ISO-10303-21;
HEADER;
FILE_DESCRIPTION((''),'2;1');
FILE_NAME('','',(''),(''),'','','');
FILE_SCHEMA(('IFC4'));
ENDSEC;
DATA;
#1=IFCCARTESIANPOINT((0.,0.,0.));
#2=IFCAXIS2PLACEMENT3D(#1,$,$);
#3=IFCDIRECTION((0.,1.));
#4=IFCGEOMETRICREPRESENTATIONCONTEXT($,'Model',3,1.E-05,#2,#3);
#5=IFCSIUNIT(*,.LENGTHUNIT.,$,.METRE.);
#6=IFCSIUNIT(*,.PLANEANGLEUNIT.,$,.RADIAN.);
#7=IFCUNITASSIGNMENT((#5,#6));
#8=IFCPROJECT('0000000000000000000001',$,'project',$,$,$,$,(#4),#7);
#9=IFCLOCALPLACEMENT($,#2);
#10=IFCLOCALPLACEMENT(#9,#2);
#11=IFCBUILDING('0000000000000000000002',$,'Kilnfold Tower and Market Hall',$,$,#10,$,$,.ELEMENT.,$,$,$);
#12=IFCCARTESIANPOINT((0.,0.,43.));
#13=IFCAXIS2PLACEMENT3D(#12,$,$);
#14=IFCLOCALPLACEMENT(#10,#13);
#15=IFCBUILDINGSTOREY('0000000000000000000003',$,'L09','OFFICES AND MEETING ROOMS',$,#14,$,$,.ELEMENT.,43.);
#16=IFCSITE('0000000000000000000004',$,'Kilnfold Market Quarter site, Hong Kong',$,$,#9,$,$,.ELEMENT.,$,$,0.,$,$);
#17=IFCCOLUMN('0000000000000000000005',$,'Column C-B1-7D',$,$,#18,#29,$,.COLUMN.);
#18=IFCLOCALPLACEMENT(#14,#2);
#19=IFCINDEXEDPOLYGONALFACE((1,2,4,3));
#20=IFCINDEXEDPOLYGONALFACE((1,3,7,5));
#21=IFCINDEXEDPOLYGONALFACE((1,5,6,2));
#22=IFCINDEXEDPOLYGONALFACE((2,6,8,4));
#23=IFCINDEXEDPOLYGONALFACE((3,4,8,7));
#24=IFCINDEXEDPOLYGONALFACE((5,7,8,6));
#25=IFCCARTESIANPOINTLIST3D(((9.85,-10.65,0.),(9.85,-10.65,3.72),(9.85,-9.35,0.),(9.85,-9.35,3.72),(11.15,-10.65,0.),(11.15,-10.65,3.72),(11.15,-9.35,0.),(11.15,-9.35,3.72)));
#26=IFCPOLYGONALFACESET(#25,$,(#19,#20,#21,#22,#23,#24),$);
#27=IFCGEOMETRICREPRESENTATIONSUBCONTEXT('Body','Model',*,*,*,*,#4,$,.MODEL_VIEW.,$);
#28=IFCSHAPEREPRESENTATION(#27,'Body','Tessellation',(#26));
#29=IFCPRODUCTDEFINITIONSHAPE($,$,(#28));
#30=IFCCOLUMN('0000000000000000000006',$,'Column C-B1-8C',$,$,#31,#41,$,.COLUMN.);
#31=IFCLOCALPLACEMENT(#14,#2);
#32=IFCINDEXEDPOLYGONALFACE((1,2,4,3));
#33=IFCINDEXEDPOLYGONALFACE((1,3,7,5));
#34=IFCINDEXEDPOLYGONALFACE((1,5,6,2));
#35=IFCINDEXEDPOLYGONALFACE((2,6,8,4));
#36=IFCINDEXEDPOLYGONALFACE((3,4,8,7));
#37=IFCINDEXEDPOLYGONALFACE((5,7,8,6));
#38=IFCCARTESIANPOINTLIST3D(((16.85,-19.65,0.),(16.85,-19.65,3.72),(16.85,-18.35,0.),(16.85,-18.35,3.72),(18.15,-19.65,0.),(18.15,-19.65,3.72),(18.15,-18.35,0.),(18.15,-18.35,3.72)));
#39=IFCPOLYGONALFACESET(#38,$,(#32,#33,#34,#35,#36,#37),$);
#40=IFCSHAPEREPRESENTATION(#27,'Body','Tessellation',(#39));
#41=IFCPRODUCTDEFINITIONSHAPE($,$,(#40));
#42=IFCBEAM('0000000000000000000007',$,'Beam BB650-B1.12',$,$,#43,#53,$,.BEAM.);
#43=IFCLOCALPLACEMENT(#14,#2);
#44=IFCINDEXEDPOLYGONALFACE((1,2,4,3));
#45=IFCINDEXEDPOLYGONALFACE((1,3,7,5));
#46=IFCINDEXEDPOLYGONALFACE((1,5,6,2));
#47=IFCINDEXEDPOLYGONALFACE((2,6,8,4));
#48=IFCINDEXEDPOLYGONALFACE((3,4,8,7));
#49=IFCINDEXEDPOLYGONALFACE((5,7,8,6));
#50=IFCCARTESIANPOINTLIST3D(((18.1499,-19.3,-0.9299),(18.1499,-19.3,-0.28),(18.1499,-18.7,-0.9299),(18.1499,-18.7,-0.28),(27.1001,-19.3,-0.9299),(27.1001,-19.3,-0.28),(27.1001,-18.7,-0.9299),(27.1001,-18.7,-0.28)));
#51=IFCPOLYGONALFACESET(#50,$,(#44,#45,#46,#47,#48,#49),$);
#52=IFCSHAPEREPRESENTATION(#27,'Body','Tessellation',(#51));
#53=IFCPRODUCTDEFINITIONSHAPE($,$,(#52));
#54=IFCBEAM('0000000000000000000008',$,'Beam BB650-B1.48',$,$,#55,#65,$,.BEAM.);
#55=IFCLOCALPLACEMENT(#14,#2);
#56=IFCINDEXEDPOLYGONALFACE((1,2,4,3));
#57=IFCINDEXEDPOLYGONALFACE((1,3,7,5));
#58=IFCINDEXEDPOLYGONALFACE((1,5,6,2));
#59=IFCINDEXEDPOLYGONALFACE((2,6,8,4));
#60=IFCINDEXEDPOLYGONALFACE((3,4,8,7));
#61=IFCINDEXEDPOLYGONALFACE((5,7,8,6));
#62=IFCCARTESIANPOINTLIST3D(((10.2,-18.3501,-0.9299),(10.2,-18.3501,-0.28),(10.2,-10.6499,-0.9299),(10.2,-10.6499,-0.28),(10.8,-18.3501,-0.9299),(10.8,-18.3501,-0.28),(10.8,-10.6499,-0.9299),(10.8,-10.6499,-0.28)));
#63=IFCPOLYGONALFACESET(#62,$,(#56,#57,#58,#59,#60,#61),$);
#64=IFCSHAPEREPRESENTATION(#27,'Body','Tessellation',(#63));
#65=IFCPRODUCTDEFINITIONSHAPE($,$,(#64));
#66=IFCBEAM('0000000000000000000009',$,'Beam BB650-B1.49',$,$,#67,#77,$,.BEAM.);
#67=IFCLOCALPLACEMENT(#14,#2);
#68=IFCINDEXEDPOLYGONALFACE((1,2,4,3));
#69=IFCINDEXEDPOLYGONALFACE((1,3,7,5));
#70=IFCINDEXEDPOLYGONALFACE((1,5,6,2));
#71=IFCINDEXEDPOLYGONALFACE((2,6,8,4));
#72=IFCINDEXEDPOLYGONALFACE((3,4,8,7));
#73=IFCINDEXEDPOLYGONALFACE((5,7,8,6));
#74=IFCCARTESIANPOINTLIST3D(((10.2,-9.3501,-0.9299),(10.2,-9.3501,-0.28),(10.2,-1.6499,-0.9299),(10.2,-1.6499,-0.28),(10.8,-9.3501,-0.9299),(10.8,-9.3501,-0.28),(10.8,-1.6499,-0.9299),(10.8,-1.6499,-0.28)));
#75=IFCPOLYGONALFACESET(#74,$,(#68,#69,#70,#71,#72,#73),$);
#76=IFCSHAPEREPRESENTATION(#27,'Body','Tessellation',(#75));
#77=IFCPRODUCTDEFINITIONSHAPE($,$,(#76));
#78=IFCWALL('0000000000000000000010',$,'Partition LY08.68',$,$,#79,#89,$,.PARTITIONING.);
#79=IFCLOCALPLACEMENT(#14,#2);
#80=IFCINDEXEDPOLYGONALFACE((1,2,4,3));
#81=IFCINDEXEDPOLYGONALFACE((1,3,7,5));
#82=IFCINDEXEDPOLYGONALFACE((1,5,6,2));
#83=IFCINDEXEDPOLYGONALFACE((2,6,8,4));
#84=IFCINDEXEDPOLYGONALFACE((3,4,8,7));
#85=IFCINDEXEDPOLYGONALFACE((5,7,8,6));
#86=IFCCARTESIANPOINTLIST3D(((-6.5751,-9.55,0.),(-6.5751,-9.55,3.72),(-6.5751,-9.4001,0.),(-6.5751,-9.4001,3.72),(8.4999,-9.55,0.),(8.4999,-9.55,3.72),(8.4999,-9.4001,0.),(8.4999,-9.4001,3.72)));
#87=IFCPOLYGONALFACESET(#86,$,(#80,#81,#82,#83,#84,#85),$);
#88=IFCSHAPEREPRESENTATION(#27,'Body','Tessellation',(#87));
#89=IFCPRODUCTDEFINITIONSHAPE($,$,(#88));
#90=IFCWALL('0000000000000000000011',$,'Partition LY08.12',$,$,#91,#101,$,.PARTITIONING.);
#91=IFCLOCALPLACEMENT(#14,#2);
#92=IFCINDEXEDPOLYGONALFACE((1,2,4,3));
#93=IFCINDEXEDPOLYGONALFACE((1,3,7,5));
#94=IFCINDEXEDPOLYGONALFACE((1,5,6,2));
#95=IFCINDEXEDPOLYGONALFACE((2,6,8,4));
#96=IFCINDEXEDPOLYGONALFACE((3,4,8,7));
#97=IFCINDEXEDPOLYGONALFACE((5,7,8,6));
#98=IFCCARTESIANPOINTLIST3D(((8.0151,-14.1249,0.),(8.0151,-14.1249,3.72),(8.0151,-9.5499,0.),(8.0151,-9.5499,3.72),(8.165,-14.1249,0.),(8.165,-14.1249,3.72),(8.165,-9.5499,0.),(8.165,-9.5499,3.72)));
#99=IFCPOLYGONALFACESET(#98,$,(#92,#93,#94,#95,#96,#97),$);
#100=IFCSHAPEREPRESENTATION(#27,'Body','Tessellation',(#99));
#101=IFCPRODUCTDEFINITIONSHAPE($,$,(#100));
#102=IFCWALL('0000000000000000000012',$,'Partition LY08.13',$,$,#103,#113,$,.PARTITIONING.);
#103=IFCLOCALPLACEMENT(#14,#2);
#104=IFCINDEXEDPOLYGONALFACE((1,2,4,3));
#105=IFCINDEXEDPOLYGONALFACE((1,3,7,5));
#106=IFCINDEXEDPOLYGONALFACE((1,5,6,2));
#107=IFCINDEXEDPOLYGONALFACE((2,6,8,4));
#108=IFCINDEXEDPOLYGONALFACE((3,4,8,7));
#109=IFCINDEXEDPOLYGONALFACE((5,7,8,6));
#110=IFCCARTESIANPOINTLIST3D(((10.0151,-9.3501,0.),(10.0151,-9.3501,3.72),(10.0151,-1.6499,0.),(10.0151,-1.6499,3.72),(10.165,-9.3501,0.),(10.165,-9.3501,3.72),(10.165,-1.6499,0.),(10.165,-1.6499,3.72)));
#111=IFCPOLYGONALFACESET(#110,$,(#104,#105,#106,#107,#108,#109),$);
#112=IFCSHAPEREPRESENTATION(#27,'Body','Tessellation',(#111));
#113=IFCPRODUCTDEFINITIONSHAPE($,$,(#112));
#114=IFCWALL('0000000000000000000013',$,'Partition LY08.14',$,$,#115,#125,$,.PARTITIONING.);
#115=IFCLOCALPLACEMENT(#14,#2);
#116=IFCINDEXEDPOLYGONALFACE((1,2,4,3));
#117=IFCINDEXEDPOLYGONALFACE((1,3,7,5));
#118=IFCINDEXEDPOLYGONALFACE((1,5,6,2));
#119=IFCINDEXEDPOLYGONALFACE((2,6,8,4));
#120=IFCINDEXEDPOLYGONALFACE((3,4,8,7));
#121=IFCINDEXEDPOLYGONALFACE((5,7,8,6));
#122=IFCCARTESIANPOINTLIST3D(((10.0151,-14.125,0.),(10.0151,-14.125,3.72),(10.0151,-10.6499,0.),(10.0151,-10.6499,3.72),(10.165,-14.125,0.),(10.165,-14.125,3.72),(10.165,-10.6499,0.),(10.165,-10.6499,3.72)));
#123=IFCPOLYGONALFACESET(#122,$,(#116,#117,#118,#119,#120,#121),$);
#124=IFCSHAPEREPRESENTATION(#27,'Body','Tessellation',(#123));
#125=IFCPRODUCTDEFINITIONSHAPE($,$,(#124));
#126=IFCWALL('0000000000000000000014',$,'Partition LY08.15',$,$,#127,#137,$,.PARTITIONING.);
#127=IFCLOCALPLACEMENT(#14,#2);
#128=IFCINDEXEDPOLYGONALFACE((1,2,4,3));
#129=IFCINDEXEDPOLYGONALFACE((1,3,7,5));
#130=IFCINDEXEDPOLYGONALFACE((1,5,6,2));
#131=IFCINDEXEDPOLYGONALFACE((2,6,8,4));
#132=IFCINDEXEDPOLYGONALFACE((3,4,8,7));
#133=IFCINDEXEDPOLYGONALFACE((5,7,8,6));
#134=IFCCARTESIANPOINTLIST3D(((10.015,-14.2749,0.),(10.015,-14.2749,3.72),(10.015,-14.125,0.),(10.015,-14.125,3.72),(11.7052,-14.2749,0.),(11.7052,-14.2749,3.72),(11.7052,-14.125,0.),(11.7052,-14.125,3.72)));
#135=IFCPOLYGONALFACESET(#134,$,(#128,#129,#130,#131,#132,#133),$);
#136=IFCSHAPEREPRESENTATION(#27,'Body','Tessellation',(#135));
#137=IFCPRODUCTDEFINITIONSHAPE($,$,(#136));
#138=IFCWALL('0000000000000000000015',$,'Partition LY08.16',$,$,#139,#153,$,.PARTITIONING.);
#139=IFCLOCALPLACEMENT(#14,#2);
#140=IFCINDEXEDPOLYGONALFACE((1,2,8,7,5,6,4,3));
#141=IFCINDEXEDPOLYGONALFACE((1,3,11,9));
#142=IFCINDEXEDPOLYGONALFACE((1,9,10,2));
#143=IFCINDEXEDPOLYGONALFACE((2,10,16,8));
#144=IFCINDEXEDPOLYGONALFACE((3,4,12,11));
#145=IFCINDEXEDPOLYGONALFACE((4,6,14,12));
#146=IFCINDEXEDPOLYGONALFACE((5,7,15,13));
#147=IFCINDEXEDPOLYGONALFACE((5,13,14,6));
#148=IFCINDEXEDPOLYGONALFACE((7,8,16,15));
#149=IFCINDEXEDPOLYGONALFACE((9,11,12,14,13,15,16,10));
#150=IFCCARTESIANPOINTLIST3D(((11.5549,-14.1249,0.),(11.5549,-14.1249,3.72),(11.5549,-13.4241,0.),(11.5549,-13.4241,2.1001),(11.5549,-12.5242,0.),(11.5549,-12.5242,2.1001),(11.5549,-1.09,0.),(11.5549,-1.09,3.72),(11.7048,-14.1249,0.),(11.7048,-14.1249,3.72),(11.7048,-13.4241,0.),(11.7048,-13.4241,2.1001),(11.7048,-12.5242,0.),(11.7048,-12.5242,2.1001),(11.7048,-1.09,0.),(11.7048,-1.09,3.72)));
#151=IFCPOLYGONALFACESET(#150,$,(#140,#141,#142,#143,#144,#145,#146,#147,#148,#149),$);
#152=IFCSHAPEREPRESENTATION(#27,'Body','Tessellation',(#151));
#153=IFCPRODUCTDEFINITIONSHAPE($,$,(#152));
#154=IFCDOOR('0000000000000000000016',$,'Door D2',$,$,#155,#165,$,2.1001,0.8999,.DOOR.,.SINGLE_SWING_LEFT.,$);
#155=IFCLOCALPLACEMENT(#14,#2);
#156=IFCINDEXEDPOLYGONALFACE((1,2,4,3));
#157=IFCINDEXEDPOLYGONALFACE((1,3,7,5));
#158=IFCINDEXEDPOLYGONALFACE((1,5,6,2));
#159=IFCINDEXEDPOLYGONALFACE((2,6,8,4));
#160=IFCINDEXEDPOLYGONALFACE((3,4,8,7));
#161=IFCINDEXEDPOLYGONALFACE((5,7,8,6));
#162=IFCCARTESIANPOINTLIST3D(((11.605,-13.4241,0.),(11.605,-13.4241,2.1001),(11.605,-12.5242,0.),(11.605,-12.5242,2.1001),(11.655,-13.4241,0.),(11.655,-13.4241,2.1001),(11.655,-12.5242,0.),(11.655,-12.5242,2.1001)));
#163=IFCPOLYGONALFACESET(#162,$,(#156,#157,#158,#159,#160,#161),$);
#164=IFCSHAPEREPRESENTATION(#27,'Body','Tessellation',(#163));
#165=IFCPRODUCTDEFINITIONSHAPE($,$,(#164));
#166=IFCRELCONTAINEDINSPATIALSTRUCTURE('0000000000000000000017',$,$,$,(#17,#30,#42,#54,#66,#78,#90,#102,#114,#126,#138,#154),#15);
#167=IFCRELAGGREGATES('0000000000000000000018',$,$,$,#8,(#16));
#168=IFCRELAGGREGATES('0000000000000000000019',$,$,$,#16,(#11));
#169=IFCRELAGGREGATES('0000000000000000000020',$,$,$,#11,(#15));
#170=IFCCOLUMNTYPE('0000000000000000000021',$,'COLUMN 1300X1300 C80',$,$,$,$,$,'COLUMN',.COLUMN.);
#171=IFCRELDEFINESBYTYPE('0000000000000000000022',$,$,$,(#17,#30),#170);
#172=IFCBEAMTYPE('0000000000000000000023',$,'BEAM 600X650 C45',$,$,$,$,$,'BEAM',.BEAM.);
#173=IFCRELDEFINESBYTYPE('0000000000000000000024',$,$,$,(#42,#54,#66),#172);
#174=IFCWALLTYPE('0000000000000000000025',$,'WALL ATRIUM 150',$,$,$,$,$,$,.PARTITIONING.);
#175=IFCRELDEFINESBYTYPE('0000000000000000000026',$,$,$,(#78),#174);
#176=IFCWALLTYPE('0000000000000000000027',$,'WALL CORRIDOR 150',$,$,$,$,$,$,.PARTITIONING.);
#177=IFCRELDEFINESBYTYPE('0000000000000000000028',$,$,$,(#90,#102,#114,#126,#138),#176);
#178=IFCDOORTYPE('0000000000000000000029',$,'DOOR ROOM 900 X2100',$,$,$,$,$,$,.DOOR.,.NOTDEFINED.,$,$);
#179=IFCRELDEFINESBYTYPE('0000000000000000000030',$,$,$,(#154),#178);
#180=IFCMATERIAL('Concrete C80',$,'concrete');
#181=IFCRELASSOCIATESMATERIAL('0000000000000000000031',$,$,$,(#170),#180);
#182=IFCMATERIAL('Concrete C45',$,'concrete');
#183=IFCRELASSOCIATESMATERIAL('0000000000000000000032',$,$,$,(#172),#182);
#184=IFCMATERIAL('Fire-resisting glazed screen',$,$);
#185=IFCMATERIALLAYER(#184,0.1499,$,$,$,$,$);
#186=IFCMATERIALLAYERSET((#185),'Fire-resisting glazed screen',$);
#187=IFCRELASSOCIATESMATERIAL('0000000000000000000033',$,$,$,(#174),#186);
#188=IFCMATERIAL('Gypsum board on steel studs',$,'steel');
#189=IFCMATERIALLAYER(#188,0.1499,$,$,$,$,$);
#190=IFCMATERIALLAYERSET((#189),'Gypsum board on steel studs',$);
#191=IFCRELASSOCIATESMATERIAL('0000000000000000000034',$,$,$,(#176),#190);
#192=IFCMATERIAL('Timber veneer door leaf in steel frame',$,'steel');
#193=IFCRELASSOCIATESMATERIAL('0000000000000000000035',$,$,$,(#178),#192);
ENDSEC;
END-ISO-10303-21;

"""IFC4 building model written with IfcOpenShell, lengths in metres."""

from ifc_helpers import new_model, si_unit, direction, frame, frame_2d, origin, origin_2d, place, context, subcontext, project, spatial, rectangle, extrude, source, transform, mapped, material, layer, layer_set, material_profile, profile_set, type_object, element, fill, save


model = new_model("IFC4")

# Units and contexts
model_context = context("Model", 3, precision=1e-05, world=origin(), true_north=direction((0.0, 1.0)))
body_context = subcontext(model_context, "Body", "Model", "MODEL_VIEW")
ifc_project = project(units=[si_unit("LENGTHUNIT", "METRE"), si_unit("PLANEANGLEUNIT", "RADIAN")], contexts=[model_context])

# Site, building, storey
site_placement = place(None, origin())
site = spatial("IfcSite", under=ifc_project, at=site_placement, Name="Kilnfold Market Quarter site, Hong Kong", CompositionType="ELEMENT", RefElevation=0.0)
building_placement = place(site_placement, origin())
building = spatial("IfcBuilding", under=site, at=building_placement, Name="Kilnfold Tower and Market Hall", CompositionType="ELEMENT")
storey_placement = place(building_placement, frame((0.0, 0.0, 43.0)))
storey = spatial("IfcBuildingStorey", under=building, at=storey_placement, Name="L09", Description="OFFICES AND MEETING ROOMS", CompositionType="ELEMENT", Elevation=43.0)

# Columns
ifc_material_1 = material(Name="Concrete C80", Category="concrete")
ifc_material_profile_1 = material_profile(ifc_material_1, rectangle(XDim=1.3, YDim=1.3, at=origin_2d()), Name="RC 1300x1300")
ifc_profile_set_1 = profile_set([ifc_material_profile_1], Name="Concrete C80")
column_type = type_object("IfcColumnType", Name="COLUMN 1300X1300 C80", ElementType="COLUMN", PredefinedType="COLUMN", material=ifc_profile_set_1)
shared_shape_1 = source(origin(), body_context, "Body", "SweptSolid", [
    extrude(rectangle(XDim=1.3, YDim=1.3, at=origin_2d()), origin(), (0.0, 0.0, 1.0), 3.72),
])
for number, where, z_axis, x_axis, name in (
    (1, (10.5, -10.0, 0.0), (0.0, 0.0, 1.0), (1.0, 0.0, 0.0), "Column C-B1-7D"),
    (2, (17.5, -19.0, 0.0), (0.0, 0.0, 1.0), (1.0, 0.0, 0.0), "Column C-B1-8C"),
):
    element("IfcColumn", number, at=place(storey_placement, frame(where, z_axis=z_axis, x_axis=x_axis)), inside=storey, type_object=column_type, Name=name, PredefinedType="COLUMN", context=body_context, shape_type="MappedRepresentation", body=[
        mapped(shared_shape_1, transform((0.0, 0.0, 0.0))),
    ])

# Beams
ifc_material_2 = material(Name="Concrete C45", Category="concrete")
ifc_material_profile_2 = material_profile(ifc_material_2, rectangle(XDim=0.6001, YDim=0.6499, at=origin_2d()), Name="RC 600x650")
ifc_profile_set_2 = profile_set([ifc_material_profile_2], Name="Concrete C45")
beam_type = type_object("IfcBeamType", Name="BEAM 600X650 C45", ElementType="BEAM", PredefinedType="BEAM", material=ifc_profile_set_2)
shared_shape_2 = source(origin(), body_context, "Body", "SweptSolid", [
    extrude(rectangle(XDim=0.6001, YDim=0.6499, at=origin_2d()), origin(), (0.0, 0.0, 1.0), 8.9502),
])
beam_placement = place(storey_placement, frame((18.1499, -19.0, -0.605), z_axis=(1.0, 0.0, 0.0), x_axis=(0.0, 1.0, 0.0)))
element("IfcBeam", 3, at=beam_placement, inside=storey, type_object=beam_type, Name="Beam BB650-B1.12", PredefinedType="BEAM", context=body_context, shape_type="MappedRepresentation", body=[
    mapped(shared_shape_2, transform((0.0, 0.0, 0.0))),
])
shared_shape_3 = source(origin(), body_context, "Body", "SweptSolid", [
    extrude(rectangle(XDim=0.6001, YDim=0.6499, at=origin_2d()), origin(), (0.0, 0.0, 1.0), 7.7002),
])
for number, where, z_axis, x_axis, name in (
    (4, (10.5, -18.3501, -0.605), (0.0, 1.0, 0.0), (-1.0, 0.0, 0.0), "Beam BB650-B1.48"),
    (5, (10.5, -9.3501, -0.605), (0.0, 1.0, 0.0), (-1.0, 0.0, 0.0), "Beam BB650-B1.49"),
):
    element("IfcBeam", number, at=place(storey_placement, frame(where, z_axis=z_axis, x_axis=x_axis)), inside=storey, type_object=beam_type, Name=name, PredefinedType="BEAM", context=body_context, shape_type="MappedRepresentation", body=[
        mapped(shared_shape_3, transform((0.0, 0.0, 0.0))),
    ])

# Walls
ifc_material_3 = material(Name="Fire-resisting glazed screen")
ifc_layer_1 = layer(ifc_material_3, 0.1499)
ifc_layer_set_1 = layer_set([ifc_layer_1], Name="Fire-resisting glazed screen")
wall_type_1 = type_object("IfcWallType", Name="WALL ATRIUM 150", PredefinedType="PARTITIONING", material=ifc_layer_set_1)
wall_1_placement = place(storey_placement, frame((8.5, -9.4751, 0.0), z_axis=(0.0, 0.0, 1.0), x_axis=(-1.0, 0.0, 0.0)))
element("IfcWall", 6, at=wall_1_placement, inside=storey, type_object=wall_type_1, Name="Partition LY08.68", PredefinedType="PARTITIONING", context=body_context, shape_type="SweptSolid", body=[
    extrude(rectangle(XDim=15.075, YDim=0.1499, at=frame_2d((7.5376, 0.0))), origin(), (0.0, 0.0, 1.0), 3.72),
])
ifc_material_4 = material(Name="Gypsum board on steel studs", Category="steel")
ifc_layer_2 = layer(ifc_material_4, 0.1499)
ifc_layer_set_2 = layer_set([ifc_layer_2], Name="Gypsum board on steel studs")
wall_type_2 = type_object("IfcWallType", Name="WALL CORRIDOR 150", PredefinedType="PARTITIONING", material=ifc_layer_set_2)
wall_2_placement = place(storey_placement, frame((8.0901, -14.125, 0.0), z_axis=(0.0, 0.0, 1.0), x_axis=(0.0, 1.0, 0.0)))
element("IfcWall", 7, at=wall_2_placement, inside=storey, type_object=wall_type_2, Name="Partition LY08.12", PredefinedType="PARTITIONING", context=body_context, shape_type="SweptSolid", body=[
    extrude(rectangle(XDim=4.575, YDim=0.1499, at=frame_2d((2.2876, 0.0))), origin(), (0.0, 0.0, 1.0), 3.72),
])
wall_3_placement = place(storey_placement, frame((10.0901, -9.3501, 0.0), z_axis=(0.0, 0.0, 1.0), x_axis=(0.0, 1.0, 0.0)))
element("IfcWall", 8, at=wall_3_placement, inside=storey, type_object=wall_type_2, Name="Partition LY08.13", PredefinedType="PARTITIONING", context=body_context, shape_type="SweptSolid", body=[
    extrude(rectangle(XDim=7.7002, YDim=0.1499, at=frame_2d((3.8501, 0.0))), origin(), (0.0, 0.0, 1.0), 3.72),
])
wall_4_placement = place(storey_placement, frame((10.0901, -14.125, 0.0), z_axis=(0.0, 0.0, 1.0), x_axis=(0.0, 1.0, 0.0)))
element("IfcWall", 9, at=wall_4_placement, inside=storey, type_object=wall_type_2, Name="Partition LY08.14", PredefinedType="PARTITIONING", context=body_context, shape_type="SweptSolid", body=[
    extrude(rectangle(XDim=3.4751, YDim=0.1499, at=frame_2d((1.7375, 0.0))), origin(), (0.0, 0.0, 1.0), 3.72),
])
wall_5_placement = place(storey_placement, frame((10.0149, -14.2, 0.0), z_axis=(0.0, 0.0, 1.0), x_axis=(1.0, 0.0, 0.0)))
element("IfcWall", 10, at=wall_5_placement, inside=storey, type_object=wall_type_2, Name="Partition LY08.15", PredefinedType="PARTITIONING", context=body_context, shape_type="SweptSolid", body=[
    extrude(rectangle(XDim=1.6902, YDim=0.1499, at=frame_2d((0.8452, 0.0))), origin(), (0.0, 0.0, 1.0), 3.72),
])

# Wall, opening, door
wall_6_placement = place(storey_placement, frame((11.6299, -14.125, 0.0), z_axis=(0.0, 0.0, 1.0), x_axis=(0.0, 1.0, 0.0)))
wall_6 = element("IfcWall", 11, at=wall_6_placement, inside=storey, type_object=wall_type_2, Name="Partition LY08.16", PredefinedType="PARTITIONING", context=body_context, shape_type="SweptSolid", body=[
    extrude(rectangle(XDim=13.0349, YDim=0.1499, at=frame_2d((6.5176, 0.0))), origin(), (0.0, 0.0, 1.0), 3.72),
])
opening_1_placement = place(wall_6_placement, frame((0.7009, 0.0, 0.0)))
opening_1 = element("IfcOpeningElement", 12, at=opening_1_placement, cuts=wall_6, PredefinedType="OPENING", context=body_context, shape_type="SweptSolid", body=[
    extrude(rectangle(XDim=0.8999, YDim=2.1001, at=frame_2d((0.45, 1.05))), frame((0.0, 0.085, 0.0), z_axis=(0.0, -1.0, 0.0), x_axis=(1.0, 0.0, 0.0)), (0.0, 0.0, 1.0), 0.1699),
])
ifc_material_5 = material(Name="Timber veneer door leaf in steel frame", Category="steel")
door_type_1 = type_object("IfcDoorType", Name="DOOR ROOM 900 X2100", OperationType="NOTDEFINED", PredefinedType="DOOR", material=ifc_material_5)
door_1_placement = place(opening_1_placement, origin())
door_1 = element("IfcDoor", 13, at=door_1_placement, inside=storey, type_object=door_type_1, Name="Door D2", OperationType="SINGLE_SWING_LEFT", OverallHeight=2.1001, OverallWidth=0.8999, PredefinedType="DOOR", context=body_context, shape_type="SweptSolid", body=[
    extrude(rectangle(XDim=0.8999, YDim=2.1001, at=frame_2d((0.45, 1.05))), frame((0.0, 0.0249, 0.0), z_axis=(0.0, -1.0, 0.0), x_axis=(1.0, 0.0, 0.0)), (0.0, 0.0, 1.0), 0.05),
])
fill(opening_1, door_1)

save(model, "model.ifc")
